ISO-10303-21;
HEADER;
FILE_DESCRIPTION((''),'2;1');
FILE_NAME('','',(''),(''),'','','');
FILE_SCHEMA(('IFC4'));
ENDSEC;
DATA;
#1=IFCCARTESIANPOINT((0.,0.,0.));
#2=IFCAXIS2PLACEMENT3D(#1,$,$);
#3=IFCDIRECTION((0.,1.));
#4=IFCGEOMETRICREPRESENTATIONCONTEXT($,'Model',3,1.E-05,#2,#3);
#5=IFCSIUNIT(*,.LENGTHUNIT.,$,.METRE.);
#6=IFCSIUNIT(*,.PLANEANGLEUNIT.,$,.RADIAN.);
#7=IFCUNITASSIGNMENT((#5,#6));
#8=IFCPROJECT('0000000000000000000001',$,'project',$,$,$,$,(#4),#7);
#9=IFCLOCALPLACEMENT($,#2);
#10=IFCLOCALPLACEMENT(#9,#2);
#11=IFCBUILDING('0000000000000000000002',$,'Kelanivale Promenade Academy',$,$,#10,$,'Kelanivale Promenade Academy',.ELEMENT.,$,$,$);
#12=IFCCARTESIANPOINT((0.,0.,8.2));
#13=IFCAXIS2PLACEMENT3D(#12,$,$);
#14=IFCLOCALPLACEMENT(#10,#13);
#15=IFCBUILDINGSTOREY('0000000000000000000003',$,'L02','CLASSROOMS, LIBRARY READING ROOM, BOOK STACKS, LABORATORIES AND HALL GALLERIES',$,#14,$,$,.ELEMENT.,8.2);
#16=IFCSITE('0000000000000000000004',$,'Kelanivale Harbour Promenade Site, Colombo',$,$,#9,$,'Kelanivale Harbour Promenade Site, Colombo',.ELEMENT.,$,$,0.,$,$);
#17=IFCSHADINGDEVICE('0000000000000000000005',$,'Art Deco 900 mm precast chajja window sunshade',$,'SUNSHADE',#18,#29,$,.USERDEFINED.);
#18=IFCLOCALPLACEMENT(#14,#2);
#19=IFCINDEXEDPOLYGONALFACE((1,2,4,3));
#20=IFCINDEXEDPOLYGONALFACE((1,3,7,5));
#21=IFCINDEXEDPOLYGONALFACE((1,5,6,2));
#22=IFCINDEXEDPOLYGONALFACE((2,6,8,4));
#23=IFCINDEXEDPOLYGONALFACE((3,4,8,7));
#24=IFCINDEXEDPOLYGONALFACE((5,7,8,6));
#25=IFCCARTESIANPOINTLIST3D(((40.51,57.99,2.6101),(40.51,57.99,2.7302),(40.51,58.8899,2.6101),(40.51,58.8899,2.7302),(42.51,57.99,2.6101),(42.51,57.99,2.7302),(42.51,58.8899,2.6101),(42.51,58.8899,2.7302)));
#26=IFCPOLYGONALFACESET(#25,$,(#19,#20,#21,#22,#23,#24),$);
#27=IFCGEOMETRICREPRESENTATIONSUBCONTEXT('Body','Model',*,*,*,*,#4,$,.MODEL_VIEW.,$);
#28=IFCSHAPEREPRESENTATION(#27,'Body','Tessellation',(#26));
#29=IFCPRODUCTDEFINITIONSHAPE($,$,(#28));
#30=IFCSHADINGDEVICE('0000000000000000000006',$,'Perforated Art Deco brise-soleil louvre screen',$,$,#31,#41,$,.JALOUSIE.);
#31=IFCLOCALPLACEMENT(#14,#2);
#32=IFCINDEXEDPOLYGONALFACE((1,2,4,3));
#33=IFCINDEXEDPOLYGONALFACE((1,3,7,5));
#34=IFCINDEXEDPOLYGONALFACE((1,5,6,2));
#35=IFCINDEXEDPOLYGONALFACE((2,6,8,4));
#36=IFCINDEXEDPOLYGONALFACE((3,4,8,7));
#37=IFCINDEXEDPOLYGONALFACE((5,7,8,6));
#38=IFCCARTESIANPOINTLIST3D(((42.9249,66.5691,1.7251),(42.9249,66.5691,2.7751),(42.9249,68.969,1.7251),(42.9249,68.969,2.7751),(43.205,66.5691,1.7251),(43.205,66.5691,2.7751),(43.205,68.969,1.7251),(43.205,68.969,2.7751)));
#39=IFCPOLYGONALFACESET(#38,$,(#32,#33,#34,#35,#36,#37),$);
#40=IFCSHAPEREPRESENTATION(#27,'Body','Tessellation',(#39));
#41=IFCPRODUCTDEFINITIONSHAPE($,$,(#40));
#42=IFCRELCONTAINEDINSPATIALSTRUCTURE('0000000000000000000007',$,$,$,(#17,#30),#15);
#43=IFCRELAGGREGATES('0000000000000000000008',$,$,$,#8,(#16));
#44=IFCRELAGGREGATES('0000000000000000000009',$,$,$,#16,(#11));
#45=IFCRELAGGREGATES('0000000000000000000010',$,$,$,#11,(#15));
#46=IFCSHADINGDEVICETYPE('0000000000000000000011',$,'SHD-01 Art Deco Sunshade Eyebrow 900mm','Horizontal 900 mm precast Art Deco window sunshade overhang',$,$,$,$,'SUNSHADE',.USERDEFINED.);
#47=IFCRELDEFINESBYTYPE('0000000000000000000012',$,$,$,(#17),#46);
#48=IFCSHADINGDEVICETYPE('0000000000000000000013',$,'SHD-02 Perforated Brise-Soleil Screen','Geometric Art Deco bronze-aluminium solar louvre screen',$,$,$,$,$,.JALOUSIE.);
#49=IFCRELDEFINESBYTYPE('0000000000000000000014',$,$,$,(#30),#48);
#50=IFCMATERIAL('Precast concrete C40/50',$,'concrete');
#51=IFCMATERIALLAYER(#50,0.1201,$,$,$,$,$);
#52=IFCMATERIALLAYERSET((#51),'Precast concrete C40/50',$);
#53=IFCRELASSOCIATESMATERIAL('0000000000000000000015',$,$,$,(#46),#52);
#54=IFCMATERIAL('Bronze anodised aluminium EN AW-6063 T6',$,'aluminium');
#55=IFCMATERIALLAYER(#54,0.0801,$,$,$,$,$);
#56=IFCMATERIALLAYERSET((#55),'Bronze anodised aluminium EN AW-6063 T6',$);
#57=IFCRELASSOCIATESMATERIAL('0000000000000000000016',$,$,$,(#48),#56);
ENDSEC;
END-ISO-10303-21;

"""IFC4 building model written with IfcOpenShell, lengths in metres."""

from ifc_helpers import new_model, si_unit, direction, frame, origin, origin_2d, place, context, subcontext, project, spatial, rectangle, extrude, material, layer, layer_set, type_object, element, save


model = new_model("IFC4")

# Units and contexts
model_context = context("Model", 3, precision=1e-05, world=origin(), true_north=direction((0.0, 1.0)))
body_context = subcontext(model_context, "Body", "Model", "MODEL_VIEW")
ifc_project = project(units=[si_unit("LENGTHUNIT", "METRE"), si_unit("PLANEANGLEUNIT", "RADIAN")], contexts=[model_context])

# Site, building, storey
site_placement = place(None, origin())
site = spatial("IfcSite", under=ifc_project, at=site_placement, Name="Kelanivale Harbour Promenade Site, Colombo", LongName="Kelanivale Harbour Promenade Site, Colombo", CompositionType="ELEMENT", RefElevation=0.0)
building_placement = place(site_placement, origin())
building = spatial("IfcBuilding", under=site, at=building_placement, Name="Kelanivale Promenade Academy", LongName="Kelanivale Promenade Academy", CompositionType="ELEMENT")
storey_placement = place(building_placement, frame((0.0, 0.0, 8.2)))
storey = spatial("IfcBuildingStorey", under=building, at=storey_placement, Name="L02", Description="CLASSROOMS, LIBRARY READING ROOM, BOOK STACKS, LABORATORIES AND HALL GALLERIES", CompositionType="ELEMENT", Elevation=8.2)

# Shading devices
ifc_material_1 = material(Name="Precast concrete C40/50", Category="concrete")
ifc_layer_1 = layer(ifc_material_1, 0.1201)
ifc_layer_set_1 = layer_set([ifc_layer_1], Name="Precast concrete C40/50")
shading_device_type_1 = type_object("IfcShadingDeviceType", Name="SHD-01 Art Deco Sunshade Eyebrow 900mm", Description="Horizontal 900 mm precast Art Deco window sunshade overhang", ElementType="SUNSHADE", PredefinedType="USERDEFINED", material=ifc_layer_set_1)
shading_device_1_placement = place(storey_placement, frame((41.51, 58.4399, 2.6101), z_axis=(0.0, 0.0, 1.0), x_axis=(-1.0, 0.0, 0.0)))
element("IfcShadingDevice", 1, at=shading_device_1_placement, inside=storey, type_object=shading_device_type_1, Name="Art Deco 900 mm precast chajja window sunshade", ObjectType="SUNSHADE", PredefinedType="USERDEFINED", context=body_context, shape_type="SweptSolid", body=[
    extrude(rectangle(XDim=2.0, YDim=0.8999, at=origin_2d()), origin(), (0.0, 0.0, 1.0), 0.1201),
])
ifc_material_2 = material(Name="Bronze anodised aluminium EN AW-6063 T6", Category="aluminium")
ifc_layer_2 = layer(ifc_material_2, 0.0801)
ifc_layer_set_2 = layer_set([ifc_layer_2], Name="Bronze anodised aluminium EN AW-6063 T6")
shading_device_type_2 = type_object("IfcShadingDeviceType", Name="SHD-02 Perforated Brise-Soleil Screen", Description="Geometric Art Deco bronze-aluminium solar louvre screen", PredefinedType="JALOUSIE", material=ifc_layer_set_2)
shading_device_2_placement = place(storey_placement, frame((43.0649, 67.769, 1.7251), z_axis=(0.0, 0.0, 1.0), x_axis=(0.0, -1.0, 0.0)))
element("IfcShadingDevice", 2, at=shading_device_2_placement, inside=storey, type_object=shading_device_type_2, Name="Perforated Art Deco brise-soleil louvre screen", PredefinedType="JALOUSIE", context=body_context, shape_type="SweptSolid", body=[
    extrude(rectangle(XDim=2.3999, YDim=0.28, at=origin_2d()), origin(), (0.0, 0.0, 1.0), 1.05),
])

save(model, "model.ifc")
